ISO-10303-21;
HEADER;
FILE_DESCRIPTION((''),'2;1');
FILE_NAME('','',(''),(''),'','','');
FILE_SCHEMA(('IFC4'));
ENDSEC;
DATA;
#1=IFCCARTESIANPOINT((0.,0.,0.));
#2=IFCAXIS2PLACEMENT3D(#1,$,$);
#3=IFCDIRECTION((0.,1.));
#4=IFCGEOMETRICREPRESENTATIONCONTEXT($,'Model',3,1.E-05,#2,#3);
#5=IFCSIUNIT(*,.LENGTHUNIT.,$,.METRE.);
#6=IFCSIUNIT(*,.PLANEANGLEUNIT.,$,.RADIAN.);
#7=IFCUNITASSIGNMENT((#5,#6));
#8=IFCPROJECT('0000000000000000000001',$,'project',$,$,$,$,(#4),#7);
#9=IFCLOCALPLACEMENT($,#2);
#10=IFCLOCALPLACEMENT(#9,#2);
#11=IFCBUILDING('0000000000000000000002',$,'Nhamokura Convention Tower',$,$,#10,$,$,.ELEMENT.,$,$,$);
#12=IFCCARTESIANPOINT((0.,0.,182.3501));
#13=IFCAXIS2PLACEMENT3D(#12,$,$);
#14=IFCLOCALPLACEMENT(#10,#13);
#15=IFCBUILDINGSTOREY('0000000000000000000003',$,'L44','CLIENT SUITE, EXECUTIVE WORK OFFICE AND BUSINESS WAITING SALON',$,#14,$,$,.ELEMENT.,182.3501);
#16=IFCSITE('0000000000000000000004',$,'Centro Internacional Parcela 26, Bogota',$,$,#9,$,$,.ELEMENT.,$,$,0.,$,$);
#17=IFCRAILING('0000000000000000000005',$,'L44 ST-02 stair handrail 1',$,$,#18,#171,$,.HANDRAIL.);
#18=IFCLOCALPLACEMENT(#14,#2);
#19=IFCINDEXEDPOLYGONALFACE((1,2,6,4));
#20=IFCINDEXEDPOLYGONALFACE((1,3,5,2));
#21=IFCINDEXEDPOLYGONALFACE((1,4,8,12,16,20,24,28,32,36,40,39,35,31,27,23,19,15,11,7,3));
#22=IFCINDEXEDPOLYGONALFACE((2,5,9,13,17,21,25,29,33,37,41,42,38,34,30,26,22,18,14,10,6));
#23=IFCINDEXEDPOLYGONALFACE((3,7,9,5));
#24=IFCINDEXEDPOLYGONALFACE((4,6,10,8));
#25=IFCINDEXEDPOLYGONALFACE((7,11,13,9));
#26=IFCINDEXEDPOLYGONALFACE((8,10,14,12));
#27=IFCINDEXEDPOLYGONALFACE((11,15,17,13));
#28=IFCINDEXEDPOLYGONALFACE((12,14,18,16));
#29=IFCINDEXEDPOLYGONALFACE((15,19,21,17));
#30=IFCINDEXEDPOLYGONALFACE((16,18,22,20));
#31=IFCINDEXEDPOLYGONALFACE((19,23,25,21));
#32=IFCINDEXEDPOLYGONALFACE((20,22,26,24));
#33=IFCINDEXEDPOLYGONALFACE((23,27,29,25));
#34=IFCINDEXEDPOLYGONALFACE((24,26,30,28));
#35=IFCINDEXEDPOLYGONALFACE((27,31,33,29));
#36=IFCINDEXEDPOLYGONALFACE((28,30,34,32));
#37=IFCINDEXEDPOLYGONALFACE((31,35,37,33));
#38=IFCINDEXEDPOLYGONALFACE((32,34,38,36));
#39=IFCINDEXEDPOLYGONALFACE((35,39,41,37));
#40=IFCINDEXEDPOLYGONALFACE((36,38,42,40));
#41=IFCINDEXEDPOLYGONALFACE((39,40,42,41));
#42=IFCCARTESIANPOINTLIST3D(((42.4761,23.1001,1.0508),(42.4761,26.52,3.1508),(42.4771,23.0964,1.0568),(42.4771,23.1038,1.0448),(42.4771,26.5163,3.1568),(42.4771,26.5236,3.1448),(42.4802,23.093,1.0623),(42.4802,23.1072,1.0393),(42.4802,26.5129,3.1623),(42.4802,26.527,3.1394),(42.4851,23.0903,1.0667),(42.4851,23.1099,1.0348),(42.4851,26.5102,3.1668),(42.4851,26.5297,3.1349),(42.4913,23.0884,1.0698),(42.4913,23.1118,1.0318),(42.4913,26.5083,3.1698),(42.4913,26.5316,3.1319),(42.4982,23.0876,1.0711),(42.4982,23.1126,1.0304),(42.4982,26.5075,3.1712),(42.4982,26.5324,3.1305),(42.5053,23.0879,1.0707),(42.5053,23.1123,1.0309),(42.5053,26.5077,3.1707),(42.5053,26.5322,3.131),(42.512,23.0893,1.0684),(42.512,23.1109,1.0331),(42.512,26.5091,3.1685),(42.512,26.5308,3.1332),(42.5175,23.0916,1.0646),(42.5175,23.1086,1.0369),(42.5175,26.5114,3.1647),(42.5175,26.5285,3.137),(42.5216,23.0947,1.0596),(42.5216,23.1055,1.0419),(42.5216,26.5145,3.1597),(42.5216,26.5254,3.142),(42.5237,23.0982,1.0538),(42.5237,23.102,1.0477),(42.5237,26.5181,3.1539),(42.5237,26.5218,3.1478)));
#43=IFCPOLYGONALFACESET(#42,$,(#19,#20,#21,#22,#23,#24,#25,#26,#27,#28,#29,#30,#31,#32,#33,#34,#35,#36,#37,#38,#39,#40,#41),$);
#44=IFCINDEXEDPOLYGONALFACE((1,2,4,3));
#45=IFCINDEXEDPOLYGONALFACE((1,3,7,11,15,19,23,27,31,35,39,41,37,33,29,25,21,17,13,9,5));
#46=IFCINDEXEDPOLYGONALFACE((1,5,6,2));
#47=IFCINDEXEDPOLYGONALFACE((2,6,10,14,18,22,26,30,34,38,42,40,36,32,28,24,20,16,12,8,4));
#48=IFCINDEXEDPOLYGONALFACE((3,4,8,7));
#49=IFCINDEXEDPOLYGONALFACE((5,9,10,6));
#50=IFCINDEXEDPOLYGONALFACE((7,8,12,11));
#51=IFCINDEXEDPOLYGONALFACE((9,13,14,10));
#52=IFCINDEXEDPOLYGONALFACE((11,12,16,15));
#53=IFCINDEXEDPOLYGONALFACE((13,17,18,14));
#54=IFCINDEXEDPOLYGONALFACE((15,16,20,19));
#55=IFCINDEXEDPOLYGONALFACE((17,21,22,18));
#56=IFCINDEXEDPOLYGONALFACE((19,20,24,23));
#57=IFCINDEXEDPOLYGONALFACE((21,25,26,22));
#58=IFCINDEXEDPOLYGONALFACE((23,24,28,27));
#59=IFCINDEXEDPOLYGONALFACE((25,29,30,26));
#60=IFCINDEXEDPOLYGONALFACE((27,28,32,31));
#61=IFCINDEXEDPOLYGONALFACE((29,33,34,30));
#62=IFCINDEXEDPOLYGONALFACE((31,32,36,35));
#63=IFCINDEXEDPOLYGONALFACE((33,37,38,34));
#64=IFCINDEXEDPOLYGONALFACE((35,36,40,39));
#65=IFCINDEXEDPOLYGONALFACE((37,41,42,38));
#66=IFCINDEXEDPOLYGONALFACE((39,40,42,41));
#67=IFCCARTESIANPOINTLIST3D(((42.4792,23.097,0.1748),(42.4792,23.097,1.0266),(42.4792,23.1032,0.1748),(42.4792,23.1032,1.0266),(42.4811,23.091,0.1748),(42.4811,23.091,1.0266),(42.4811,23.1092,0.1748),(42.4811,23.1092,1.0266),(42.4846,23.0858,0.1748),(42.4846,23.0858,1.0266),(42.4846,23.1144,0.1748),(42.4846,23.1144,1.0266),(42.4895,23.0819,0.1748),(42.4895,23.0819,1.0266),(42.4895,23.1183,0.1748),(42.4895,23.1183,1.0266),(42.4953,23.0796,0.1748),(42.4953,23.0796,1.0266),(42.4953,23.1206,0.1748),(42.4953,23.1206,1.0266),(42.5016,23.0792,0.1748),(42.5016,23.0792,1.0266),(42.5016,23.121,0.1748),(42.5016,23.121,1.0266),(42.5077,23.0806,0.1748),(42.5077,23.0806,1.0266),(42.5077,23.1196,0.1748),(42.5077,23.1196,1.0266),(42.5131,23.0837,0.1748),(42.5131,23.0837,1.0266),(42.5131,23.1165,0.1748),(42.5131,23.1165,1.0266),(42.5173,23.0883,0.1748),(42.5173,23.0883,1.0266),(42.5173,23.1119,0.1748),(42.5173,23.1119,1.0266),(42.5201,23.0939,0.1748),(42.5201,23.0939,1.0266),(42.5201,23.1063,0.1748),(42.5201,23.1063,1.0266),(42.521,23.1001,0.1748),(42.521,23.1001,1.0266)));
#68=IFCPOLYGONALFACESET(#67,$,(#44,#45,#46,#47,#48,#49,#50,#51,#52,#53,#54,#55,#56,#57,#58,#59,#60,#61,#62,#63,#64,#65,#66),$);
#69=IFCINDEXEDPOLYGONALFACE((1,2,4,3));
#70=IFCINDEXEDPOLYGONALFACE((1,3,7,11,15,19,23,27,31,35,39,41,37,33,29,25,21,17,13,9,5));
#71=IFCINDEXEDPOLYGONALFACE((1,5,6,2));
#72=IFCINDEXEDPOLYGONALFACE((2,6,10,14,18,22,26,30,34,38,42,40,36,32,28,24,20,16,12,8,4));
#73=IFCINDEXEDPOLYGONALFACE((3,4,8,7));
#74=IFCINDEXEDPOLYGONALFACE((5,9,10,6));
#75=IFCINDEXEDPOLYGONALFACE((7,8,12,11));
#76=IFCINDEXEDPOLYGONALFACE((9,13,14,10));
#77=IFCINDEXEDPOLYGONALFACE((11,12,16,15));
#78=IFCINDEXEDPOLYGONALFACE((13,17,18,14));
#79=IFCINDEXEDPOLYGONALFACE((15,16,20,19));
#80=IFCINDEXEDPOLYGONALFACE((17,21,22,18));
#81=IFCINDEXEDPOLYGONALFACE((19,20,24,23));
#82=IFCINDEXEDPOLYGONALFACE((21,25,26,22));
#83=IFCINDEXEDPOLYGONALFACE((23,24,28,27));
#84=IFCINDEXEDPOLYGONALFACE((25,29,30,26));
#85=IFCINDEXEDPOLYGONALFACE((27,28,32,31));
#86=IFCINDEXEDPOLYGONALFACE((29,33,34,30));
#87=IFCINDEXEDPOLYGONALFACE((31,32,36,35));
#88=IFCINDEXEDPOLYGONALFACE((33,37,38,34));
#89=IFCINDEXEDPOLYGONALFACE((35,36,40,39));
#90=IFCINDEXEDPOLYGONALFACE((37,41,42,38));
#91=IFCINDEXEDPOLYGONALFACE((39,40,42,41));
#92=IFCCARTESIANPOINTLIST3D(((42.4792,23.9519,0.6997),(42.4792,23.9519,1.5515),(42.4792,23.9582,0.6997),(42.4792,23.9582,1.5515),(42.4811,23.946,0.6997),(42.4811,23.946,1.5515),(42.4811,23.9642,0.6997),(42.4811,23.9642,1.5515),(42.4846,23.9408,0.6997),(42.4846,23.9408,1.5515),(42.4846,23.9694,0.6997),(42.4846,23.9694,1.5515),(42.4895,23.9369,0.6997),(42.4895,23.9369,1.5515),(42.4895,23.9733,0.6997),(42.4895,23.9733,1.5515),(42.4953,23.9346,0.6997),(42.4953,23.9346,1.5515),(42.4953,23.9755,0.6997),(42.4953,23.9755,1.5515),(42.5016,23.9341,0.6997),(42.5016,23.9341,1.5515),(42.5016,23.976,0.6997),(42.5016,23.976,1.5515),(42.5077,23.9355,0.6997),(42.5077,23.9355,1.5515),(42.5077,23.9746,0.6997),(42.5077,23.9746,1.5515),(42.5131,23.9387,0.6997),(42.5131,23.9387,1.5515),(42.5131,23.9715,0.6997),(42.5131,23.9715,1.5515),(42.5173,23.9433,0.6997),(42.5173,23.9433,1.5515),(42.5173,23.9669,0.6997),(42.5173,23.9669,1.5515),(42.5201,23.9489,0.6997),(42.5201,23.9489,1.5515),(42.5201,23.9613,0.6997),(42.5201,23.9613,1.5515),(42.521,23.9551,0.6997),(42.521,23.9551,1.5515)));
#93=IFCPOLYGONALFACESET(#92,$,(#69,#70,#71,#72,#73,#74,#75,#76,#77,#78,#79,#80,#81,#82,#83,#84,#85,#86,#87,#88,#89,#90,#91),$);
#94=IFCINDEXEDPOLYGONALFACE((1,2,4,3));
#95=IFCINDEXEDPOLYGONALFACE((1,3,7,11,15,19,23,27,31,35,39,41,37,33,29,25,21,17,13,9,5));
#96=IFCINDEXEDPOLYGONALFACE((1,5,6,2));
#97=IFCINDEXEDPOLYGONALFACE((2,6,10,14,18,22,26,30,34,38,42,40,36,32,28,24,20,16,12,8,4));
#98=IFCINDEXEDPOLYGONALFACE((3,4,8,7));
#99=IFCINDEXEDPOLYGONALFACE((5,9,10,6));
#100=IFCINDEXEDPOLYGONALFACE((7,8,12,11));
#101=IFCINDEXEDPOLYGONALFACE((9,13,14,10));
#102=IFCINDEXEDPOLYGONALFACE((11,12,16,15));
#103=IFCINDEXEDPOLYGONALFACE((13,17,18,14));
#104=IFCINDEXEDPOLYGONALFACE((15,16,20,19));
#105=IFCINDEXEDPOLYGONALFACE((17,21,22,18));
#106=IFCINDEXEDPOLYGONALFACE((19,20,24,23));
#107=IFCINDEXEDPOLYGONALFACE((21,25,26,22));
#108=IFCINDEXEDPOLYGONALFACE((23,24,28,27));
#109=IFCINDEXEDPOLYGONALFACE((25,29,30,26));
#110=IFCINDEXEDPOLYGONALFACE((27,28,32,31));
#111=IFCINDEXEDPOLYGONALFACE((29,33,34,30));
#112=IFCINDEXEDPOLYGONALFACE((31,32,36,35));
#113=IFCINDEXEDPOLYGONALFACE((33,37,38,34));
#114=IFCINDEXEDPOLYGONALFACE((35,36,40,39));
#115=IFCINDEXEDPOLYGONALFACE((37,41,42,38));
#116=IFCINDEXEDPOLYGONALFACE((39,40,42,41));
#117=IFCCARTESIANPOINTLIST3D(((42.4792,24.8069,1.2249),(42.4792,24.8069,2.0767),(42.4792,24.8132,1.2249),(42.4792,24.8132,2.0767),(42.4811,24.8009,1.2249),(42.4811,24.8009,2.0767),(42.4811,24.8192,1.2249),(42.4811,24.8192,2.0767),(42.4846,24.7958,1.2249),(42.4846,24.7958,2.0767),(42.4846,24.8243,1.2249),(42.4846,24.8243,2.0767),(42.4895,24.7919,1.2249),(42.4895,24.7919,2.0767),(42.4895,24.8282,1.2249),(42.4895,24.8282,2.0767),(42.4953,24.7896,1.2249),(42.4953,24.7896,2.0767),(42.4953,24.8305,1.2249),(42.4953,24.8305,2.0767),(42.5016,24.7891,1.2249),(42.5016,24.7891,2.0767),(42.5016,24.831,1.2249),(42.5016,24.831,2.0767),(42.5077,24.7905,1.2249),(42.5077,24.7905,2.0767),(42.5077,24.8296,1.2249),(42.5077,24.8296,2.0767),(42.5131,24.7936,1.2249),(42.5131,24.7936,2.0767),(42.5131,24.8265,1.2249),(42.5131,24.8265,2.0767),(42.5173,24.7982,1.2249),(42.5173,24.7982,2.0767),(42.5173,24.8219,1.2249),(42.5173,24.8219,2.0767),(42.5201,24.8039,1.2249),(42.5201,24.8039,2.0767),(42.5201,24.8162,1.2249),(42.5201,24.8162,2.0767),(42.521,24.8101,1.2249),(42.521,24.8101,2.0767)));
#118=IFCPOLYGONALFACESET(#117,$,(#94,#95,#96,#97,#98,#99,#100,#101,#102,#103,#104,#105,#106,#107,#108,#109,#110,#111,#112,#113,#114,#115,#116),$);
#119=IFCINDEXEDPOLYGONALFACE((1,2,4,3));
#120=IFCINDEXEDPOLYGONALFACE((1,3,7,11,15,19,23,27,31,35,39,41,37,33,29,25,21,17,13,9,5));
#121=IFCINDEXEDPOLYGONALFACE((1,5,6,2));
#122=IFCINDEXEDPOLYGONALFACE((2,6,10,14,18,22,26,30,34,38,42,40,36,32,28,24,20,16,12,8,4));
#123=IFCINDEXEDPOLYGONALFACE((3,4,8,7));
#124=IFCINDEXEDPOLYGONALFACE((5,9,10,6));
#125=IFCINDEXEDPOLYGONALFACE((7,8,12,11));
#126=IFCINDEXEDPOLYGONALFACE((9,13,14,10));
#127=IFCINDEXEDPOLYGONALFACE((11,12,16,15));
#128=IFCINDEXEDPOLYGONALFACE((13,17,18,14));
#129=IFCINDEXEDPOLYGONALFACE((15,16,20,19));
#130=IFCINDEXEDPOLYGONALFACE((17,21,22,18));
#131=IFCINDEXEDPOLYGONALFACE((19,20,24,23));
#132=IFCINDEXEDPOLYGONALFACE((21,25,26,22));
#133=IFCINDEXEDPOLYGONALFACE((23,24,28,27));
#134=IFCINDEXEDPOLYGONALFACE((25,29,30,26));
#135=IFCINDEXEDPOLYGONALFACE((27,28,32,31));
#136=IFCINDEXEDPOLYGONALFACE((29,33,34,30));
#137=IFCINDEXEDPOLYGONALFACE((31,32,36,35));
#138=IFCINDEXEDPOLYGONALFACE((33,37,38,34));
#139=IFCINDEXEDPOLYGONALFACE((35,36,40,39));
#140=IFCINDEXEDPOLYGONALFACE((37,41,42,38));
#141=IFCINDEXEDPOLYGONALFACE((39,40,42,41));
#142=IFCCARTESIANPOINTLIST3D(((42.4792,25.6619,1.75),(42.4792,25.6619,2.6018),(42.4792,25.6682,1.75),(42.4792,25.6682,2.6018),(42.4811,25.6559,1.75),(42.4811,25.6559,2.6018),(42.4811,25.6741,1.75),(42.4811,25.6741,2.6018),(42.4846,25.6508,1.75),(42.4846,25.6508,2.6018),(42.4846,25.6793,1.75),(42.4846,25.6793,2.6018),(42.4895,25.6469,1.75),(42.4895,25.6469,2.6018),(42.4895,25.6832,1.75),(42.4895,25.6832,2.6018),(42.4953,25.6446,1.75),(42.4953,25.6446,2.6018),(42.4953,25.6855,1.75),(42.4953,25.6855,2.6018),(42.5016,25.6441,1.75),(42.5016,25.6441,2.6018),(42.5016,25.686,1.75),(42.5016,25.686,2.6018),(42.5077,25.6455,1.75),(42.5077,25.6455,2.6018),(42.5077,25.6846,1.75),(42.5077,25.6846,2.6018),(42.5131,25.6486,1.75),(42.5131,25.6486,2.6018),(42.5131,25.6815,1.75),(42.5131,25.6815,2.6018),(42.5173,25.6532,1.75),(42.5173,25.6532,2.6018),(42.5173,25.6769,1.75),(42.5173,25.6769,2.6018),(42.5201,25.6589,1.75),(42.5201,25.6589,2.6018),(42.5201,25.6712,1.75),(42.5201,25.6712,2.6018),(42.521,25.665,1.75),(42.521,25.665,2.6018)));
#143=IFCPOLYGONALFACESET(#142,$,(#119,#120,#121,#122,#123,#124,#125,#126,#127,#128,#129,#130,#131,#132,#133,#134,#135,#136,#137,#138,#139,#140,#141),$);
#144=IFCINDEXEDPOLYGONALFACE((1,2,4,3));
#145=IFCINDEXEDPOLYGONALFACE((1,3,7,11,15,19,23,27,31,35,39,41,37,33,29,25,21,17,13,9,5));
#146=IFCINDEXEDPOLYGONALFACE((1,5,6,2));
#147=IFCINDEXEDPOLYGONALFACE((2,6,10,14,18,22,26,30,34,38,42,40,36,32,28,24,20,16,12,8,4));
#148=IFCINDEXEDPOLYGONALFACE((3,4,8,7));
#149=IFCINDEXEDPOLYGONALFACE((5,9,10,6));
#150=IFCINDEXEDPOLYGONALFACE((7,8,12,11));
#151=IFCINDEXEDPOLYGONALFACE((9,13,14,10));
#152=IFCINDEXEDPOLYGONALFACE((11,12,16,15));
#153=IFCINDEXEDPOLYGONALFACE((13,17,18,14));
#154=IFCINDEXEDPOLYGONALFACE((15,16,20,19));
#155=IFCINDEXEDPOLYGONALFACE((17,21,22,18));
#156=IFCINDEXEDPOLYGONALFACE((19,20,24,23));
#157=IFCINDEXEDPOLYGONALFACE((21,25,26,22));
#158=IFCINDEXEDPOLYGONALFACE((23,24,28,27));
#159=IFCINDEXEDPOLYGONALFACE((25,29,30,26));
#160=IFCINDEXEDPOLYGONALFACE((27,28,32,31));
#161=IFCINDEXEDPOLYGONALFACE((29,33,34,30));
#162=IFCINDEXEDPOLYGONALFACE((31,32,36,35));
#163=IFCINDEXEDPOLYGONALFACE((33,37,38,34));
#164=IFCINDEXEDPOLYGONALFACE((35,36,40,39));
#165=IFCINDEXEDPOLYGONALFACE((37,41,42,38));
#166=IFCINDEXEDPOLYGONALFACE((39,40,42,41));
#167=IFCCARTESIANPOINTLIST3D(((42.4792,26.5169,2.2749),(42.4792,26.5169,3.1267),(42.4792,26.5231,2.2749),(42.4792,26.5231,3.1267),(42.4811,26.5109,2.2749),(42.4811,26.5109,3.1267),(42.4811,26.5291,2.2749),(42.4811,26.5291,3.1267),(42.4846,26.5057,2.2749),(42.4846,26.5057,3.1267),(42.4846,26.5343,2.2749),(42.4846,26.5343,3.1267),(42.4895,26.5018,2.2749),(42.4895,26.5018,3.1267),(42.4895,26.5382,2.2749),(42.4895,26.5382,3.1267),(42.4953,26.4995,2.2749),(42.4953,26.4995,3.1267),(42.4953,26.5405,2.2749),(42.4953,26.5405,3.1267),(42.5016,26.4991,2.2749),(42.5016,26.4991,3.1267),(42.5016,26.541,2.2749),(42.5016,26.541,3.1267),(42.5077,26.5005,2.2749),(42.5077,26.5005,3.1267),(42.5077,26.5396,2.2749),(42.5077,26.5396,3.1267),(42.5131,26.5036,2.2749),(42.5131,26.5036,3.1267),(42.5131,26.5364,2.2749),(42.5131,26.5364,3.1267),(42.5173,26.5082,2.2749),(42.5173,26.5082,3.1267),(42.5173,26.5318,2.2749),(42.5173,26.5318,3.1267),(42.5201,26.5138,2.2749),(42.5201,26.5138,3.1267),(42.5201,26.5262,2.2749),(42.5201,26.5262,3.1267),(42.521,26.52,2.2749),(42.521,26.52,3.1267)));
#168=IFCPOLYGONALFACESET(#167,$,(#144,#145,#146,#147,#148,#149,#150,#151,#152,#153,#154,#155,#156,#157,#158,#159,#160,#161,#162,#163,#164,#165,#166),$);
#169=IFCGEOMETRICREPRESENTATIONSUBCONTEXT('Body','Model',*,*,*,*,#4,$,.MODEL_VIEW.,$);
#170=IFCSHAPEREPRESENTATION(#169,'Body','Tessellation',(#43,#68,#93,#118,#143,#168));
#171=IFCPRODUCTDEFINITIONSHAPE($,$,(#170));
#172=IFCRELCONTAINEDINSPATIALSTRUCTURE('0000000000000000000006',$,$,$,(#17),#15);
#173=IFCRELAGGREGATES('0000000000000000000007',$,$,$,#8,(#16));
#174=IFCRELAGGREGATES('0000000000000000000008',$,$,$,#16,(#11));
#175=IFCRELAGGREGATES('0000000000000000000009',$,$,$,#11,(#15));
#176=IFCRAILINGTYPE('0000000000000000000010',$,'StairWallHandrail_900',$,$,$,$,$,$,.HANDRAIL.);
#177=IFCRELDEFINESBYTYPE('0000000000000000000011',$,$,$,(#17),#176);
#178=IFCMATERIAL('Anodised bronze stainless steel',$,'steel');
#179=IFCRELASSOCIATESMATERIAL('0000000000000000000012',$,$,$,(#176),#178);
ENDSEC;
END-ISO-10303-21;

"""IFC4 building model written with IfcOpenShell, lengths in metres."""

from ifc_helpers import new_model, si_unit, direction, frame, origin, origin_2d, place, context, subcontext, project, spatial, circle, extrude, material, type_object, element, save


model = new_model("IFC4")

# Units and contexts
model_context = context("Model", 3, precision=1e-05, world=origin(), true_north=direction((0.0, 1.0)))
body_context = subcontext(model_context, "Body", "Model", "MODEL_VIEW")
ifc_project = project(units=[si_unit("LENGTHUNIT", "METRE"), si_unit("PLANEANGLEUNIT", "RADIAN")], contexts=[model_context])

# Site, building, storey
site_placement = place(None, origin())
site = spatial("IfcSite", under=ifc_project, at=site_placement, Name="Centro Internacional Parcela 26, Bogota", CompositionType="ELEMENT", RefElevation=0.0)
building_placement = place(site_placement, origin())
building = spatial("IfcBuilding", under=site, at=building_placement, Name="Nhamokura Convention Tower", CompositionType="ELEMENT")
storey_placement = place(building_placement, frame((0.0, 0.0, 182.3501)))
storey = spatial("IfcBuildingStorey", under=building, at=storey_placement, Name="L44", Description="CLIENT SUITE, EXECUTIVE WORK OFFICE AND BUSINESS WAITING SALON", CompositionType="ELEMENT", Elevation=182.3501)

# Railing
ifc_material_1 = material(Name="Anodised bronze stainless steel", Category="steel")
railing_type = type_object("IfcRailingType", Name="StairWallHandrail_900", PredefinedType="HANDRAIL", material=ifc_material_1)
railing_placement = place(storey_placement, frame((42.5, 23.1001, 0.1748)))
element("IfcRailing", 1, at=railing_placement, inside=storey, type_object=railing_type, Name="L44 ST-02 stair handrail 1", PredefinedType="HANDRAIL", context=body_context, shape_type="SweptSolid", body=[
    extrude(circle(Radius=0.0239, at=origin_2d()), frame((0.0, 0.0, 0.876), z_axis=(0.0, 0.852155, 0.523289), x_axis=(-1.0, 0.0, 0.0)), (0.0, 0.0, 1.0), 4.0132),
    extrude(circle(Radius=0.021, at=origin_2d()), origin(), (0.0, 0.0, 1.0), 0.8518),
    extrude(circle(Radius=0.021, at=origin_2d()), frame((0.0, 0.855, 0.5249)), (0.0, 0.0, 1.0), 0.8518),
    extrude(circle(Radius=0.021, at=origin_2d()), frame((0.0, 1.71, 1.05)), (0.0, 0.0, 1.0), 0.8518),
    extrude(circle(Radius=0.021, at=origin_2d()), frame((0.0, 2.5649, 1.5752)), (0.0, 0.0, 1.0), 0.8518),
    extrude(circle(Radius=0.021, at=origin_2d()), frame((0.0, 3.4199, 2.1001)), (0.0, 0.0, 1.0), 0.8518),
])

save(model, "model.ifc")
